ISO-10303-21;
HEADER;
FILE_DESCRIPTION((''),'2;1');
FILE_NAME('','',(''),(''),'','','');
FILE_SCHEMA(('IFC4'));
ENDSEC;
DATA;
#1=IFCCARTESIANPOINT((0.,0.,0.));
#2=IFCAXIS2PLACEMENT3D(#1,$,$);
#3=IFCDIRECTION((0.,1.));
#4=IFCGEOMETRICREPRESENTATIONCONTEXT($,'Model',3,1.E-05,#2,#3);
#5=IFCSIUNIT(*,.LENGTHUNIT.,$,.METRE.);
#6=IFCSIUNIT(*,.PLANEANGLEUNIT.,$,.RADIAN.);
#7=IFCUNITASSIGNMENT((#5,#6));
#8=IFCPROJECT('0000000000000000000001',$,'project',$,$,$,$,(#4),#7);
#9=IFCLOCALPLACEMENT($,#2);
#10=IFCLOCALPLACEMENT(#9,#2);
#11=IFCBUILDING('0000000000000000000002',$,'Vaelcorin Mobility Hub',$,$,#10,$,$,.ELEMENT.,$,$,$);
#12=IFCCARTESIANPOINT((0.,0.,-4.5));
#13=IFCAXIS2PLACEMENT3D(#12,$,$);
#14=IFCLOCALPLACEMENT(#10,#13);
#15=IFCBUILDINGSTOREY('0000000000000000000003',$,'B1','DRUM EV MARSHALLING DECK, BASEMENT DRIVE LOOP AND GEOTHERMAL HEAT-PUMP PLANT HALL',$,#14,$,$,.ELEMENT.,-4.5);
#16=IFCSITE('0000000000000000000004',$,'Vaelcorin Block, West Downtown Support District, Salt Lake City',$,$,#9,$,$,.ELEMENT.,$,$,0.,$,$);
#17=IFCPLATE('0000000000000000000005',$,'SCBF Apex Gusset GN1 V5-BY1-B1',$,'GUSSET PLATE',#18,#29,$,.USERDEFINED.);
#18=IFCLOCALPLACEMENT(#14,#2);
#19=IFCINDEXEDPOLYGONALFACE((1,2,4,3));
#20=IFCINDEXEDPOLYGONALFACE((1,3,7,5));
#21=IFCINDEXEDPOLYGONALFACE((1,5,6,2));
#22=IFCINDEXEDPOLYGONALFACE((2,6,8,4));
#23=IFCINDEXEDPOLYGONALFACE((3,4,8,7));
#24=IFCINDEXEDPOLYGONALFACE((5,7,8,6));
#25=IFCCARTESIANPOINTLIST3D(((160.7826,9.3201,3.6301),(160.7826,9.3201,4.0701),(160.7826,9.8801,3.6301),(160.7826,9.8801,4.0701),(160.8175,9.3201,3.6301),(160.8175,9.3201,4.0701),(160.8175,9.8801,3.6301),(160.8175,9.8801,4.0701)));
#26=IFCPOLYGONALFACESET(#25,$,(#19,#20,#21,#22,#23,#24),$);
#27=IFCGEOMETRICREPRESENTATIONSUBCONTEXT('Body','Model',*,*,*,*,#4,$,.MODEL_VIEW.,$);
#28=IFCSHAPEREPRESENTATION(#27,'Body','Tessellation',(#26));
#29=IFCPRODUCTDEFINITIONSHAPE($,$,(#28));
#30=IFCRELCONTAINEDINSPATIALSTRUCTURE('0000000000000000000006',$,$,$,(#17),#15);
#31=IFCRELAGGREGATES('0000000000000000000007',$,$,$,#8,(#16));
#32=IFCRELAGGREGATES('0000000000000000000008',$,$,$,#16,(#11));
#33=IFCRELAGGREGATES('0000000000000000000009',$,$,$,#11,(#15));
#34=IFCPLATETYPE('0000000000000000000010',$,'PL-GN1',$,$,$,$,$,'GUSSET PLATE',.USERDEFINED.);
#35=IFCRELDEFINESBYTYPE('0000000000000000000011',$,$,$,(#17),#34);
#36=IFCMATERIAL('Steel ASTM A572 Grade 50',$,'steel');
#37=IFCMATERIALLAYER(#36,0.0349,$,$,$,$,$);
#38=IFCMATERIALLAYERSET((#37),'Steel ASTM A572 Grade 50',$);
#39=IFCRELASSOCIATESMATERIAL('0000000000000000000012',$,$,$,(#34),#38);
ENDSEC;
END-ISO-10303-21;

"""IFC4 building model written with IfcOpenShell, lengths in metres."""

from ifc_helpers import new_model, si_unit, direction, frame, origin, origin_2d, place, context, subcontext, project, spatial, rectangle, extrude, material, layer, layer_set, type_object, element, save


model = new_model("IFC4")

# Units and contexts
model_context = context("Model", 3, precision=1e-05, world=origin(), true_north=direction((0.0, 1.0)))
body_context = subcontext(model_context, "Body", "Model", "MODEL_VIEW")
ifc_project = project(units=[si_unit("LENGTHUNIT", "METRE"), si_unit("PLANEANGLEUNIT", "RADIAN")], contexts=[model_context])

# Site, building, storey
site_placement = place(None, origin())
site = spatial("IfcSite", under=ifc_project, at=site_placement, Name="Vaelcorin Block, West Downtown Support District, Salt Lake City", CompositionType="ELEMENT", RefElevation=0.0)
building_placement = place(site_placement, origin())
building = spatial("IfcBuilding", under=site, at=building_placement, Name="Vaelcorin Mobility Hub", CompositionType="ELEMENT")
storey_placement = place(building_placement, frame((0.0, 0.0, -4.5)))
storey = spatial("IfcBuildingStorey", under=building, at=storey_placement, Name="B1", Description="DRUM EV MARSHALLING DECK, BASEMENT DRIVE LOOP AND GEOTHERMAL HEAT-PUMP PLANT HALL", CompositionType="ELEMENT", Elevation=-4.5)

# Plate
ifc_material_1 = material(Name="Steel ASTM A572 Grade 50", Category="steel")
ifc_layer = layer(ifc_material_1, 0.0349)
ifc_layer_set = layer_set([ifc_layer], Name="Steel ASTM A572 Grade 50")
plate_type = type_object("IfcPlateType", Name="PL-GN1", ElementType="GUSSET PLATE", PredefinedType="USERDEFINED", material=ifc_layer_set)
plate_placement = place(storey_placement, frame((160.8, 9.6001, 3.6301), z_axis=(0.0, 0.0, 1.0), x_axis=(0.0, 1.0, 0.0)))
element("IfcPlate", 1, at=plate_placement, inside=storey, type_object=plate_type, Name="SCBF Apex Gusset GN1 V5-BY1-B1", ObjectType="GUSSET PLATE", PredefinedType="USERDEFINED", context=body_context, shape_type="SweptSolid", body=[
    extrude(rectangle(XDim=0.5601, YDim=0.0349, at=origin_2d()), origin(), (0.0, 0.0, 1.0), 0.4399),
])

save(model, "model.ifc")
